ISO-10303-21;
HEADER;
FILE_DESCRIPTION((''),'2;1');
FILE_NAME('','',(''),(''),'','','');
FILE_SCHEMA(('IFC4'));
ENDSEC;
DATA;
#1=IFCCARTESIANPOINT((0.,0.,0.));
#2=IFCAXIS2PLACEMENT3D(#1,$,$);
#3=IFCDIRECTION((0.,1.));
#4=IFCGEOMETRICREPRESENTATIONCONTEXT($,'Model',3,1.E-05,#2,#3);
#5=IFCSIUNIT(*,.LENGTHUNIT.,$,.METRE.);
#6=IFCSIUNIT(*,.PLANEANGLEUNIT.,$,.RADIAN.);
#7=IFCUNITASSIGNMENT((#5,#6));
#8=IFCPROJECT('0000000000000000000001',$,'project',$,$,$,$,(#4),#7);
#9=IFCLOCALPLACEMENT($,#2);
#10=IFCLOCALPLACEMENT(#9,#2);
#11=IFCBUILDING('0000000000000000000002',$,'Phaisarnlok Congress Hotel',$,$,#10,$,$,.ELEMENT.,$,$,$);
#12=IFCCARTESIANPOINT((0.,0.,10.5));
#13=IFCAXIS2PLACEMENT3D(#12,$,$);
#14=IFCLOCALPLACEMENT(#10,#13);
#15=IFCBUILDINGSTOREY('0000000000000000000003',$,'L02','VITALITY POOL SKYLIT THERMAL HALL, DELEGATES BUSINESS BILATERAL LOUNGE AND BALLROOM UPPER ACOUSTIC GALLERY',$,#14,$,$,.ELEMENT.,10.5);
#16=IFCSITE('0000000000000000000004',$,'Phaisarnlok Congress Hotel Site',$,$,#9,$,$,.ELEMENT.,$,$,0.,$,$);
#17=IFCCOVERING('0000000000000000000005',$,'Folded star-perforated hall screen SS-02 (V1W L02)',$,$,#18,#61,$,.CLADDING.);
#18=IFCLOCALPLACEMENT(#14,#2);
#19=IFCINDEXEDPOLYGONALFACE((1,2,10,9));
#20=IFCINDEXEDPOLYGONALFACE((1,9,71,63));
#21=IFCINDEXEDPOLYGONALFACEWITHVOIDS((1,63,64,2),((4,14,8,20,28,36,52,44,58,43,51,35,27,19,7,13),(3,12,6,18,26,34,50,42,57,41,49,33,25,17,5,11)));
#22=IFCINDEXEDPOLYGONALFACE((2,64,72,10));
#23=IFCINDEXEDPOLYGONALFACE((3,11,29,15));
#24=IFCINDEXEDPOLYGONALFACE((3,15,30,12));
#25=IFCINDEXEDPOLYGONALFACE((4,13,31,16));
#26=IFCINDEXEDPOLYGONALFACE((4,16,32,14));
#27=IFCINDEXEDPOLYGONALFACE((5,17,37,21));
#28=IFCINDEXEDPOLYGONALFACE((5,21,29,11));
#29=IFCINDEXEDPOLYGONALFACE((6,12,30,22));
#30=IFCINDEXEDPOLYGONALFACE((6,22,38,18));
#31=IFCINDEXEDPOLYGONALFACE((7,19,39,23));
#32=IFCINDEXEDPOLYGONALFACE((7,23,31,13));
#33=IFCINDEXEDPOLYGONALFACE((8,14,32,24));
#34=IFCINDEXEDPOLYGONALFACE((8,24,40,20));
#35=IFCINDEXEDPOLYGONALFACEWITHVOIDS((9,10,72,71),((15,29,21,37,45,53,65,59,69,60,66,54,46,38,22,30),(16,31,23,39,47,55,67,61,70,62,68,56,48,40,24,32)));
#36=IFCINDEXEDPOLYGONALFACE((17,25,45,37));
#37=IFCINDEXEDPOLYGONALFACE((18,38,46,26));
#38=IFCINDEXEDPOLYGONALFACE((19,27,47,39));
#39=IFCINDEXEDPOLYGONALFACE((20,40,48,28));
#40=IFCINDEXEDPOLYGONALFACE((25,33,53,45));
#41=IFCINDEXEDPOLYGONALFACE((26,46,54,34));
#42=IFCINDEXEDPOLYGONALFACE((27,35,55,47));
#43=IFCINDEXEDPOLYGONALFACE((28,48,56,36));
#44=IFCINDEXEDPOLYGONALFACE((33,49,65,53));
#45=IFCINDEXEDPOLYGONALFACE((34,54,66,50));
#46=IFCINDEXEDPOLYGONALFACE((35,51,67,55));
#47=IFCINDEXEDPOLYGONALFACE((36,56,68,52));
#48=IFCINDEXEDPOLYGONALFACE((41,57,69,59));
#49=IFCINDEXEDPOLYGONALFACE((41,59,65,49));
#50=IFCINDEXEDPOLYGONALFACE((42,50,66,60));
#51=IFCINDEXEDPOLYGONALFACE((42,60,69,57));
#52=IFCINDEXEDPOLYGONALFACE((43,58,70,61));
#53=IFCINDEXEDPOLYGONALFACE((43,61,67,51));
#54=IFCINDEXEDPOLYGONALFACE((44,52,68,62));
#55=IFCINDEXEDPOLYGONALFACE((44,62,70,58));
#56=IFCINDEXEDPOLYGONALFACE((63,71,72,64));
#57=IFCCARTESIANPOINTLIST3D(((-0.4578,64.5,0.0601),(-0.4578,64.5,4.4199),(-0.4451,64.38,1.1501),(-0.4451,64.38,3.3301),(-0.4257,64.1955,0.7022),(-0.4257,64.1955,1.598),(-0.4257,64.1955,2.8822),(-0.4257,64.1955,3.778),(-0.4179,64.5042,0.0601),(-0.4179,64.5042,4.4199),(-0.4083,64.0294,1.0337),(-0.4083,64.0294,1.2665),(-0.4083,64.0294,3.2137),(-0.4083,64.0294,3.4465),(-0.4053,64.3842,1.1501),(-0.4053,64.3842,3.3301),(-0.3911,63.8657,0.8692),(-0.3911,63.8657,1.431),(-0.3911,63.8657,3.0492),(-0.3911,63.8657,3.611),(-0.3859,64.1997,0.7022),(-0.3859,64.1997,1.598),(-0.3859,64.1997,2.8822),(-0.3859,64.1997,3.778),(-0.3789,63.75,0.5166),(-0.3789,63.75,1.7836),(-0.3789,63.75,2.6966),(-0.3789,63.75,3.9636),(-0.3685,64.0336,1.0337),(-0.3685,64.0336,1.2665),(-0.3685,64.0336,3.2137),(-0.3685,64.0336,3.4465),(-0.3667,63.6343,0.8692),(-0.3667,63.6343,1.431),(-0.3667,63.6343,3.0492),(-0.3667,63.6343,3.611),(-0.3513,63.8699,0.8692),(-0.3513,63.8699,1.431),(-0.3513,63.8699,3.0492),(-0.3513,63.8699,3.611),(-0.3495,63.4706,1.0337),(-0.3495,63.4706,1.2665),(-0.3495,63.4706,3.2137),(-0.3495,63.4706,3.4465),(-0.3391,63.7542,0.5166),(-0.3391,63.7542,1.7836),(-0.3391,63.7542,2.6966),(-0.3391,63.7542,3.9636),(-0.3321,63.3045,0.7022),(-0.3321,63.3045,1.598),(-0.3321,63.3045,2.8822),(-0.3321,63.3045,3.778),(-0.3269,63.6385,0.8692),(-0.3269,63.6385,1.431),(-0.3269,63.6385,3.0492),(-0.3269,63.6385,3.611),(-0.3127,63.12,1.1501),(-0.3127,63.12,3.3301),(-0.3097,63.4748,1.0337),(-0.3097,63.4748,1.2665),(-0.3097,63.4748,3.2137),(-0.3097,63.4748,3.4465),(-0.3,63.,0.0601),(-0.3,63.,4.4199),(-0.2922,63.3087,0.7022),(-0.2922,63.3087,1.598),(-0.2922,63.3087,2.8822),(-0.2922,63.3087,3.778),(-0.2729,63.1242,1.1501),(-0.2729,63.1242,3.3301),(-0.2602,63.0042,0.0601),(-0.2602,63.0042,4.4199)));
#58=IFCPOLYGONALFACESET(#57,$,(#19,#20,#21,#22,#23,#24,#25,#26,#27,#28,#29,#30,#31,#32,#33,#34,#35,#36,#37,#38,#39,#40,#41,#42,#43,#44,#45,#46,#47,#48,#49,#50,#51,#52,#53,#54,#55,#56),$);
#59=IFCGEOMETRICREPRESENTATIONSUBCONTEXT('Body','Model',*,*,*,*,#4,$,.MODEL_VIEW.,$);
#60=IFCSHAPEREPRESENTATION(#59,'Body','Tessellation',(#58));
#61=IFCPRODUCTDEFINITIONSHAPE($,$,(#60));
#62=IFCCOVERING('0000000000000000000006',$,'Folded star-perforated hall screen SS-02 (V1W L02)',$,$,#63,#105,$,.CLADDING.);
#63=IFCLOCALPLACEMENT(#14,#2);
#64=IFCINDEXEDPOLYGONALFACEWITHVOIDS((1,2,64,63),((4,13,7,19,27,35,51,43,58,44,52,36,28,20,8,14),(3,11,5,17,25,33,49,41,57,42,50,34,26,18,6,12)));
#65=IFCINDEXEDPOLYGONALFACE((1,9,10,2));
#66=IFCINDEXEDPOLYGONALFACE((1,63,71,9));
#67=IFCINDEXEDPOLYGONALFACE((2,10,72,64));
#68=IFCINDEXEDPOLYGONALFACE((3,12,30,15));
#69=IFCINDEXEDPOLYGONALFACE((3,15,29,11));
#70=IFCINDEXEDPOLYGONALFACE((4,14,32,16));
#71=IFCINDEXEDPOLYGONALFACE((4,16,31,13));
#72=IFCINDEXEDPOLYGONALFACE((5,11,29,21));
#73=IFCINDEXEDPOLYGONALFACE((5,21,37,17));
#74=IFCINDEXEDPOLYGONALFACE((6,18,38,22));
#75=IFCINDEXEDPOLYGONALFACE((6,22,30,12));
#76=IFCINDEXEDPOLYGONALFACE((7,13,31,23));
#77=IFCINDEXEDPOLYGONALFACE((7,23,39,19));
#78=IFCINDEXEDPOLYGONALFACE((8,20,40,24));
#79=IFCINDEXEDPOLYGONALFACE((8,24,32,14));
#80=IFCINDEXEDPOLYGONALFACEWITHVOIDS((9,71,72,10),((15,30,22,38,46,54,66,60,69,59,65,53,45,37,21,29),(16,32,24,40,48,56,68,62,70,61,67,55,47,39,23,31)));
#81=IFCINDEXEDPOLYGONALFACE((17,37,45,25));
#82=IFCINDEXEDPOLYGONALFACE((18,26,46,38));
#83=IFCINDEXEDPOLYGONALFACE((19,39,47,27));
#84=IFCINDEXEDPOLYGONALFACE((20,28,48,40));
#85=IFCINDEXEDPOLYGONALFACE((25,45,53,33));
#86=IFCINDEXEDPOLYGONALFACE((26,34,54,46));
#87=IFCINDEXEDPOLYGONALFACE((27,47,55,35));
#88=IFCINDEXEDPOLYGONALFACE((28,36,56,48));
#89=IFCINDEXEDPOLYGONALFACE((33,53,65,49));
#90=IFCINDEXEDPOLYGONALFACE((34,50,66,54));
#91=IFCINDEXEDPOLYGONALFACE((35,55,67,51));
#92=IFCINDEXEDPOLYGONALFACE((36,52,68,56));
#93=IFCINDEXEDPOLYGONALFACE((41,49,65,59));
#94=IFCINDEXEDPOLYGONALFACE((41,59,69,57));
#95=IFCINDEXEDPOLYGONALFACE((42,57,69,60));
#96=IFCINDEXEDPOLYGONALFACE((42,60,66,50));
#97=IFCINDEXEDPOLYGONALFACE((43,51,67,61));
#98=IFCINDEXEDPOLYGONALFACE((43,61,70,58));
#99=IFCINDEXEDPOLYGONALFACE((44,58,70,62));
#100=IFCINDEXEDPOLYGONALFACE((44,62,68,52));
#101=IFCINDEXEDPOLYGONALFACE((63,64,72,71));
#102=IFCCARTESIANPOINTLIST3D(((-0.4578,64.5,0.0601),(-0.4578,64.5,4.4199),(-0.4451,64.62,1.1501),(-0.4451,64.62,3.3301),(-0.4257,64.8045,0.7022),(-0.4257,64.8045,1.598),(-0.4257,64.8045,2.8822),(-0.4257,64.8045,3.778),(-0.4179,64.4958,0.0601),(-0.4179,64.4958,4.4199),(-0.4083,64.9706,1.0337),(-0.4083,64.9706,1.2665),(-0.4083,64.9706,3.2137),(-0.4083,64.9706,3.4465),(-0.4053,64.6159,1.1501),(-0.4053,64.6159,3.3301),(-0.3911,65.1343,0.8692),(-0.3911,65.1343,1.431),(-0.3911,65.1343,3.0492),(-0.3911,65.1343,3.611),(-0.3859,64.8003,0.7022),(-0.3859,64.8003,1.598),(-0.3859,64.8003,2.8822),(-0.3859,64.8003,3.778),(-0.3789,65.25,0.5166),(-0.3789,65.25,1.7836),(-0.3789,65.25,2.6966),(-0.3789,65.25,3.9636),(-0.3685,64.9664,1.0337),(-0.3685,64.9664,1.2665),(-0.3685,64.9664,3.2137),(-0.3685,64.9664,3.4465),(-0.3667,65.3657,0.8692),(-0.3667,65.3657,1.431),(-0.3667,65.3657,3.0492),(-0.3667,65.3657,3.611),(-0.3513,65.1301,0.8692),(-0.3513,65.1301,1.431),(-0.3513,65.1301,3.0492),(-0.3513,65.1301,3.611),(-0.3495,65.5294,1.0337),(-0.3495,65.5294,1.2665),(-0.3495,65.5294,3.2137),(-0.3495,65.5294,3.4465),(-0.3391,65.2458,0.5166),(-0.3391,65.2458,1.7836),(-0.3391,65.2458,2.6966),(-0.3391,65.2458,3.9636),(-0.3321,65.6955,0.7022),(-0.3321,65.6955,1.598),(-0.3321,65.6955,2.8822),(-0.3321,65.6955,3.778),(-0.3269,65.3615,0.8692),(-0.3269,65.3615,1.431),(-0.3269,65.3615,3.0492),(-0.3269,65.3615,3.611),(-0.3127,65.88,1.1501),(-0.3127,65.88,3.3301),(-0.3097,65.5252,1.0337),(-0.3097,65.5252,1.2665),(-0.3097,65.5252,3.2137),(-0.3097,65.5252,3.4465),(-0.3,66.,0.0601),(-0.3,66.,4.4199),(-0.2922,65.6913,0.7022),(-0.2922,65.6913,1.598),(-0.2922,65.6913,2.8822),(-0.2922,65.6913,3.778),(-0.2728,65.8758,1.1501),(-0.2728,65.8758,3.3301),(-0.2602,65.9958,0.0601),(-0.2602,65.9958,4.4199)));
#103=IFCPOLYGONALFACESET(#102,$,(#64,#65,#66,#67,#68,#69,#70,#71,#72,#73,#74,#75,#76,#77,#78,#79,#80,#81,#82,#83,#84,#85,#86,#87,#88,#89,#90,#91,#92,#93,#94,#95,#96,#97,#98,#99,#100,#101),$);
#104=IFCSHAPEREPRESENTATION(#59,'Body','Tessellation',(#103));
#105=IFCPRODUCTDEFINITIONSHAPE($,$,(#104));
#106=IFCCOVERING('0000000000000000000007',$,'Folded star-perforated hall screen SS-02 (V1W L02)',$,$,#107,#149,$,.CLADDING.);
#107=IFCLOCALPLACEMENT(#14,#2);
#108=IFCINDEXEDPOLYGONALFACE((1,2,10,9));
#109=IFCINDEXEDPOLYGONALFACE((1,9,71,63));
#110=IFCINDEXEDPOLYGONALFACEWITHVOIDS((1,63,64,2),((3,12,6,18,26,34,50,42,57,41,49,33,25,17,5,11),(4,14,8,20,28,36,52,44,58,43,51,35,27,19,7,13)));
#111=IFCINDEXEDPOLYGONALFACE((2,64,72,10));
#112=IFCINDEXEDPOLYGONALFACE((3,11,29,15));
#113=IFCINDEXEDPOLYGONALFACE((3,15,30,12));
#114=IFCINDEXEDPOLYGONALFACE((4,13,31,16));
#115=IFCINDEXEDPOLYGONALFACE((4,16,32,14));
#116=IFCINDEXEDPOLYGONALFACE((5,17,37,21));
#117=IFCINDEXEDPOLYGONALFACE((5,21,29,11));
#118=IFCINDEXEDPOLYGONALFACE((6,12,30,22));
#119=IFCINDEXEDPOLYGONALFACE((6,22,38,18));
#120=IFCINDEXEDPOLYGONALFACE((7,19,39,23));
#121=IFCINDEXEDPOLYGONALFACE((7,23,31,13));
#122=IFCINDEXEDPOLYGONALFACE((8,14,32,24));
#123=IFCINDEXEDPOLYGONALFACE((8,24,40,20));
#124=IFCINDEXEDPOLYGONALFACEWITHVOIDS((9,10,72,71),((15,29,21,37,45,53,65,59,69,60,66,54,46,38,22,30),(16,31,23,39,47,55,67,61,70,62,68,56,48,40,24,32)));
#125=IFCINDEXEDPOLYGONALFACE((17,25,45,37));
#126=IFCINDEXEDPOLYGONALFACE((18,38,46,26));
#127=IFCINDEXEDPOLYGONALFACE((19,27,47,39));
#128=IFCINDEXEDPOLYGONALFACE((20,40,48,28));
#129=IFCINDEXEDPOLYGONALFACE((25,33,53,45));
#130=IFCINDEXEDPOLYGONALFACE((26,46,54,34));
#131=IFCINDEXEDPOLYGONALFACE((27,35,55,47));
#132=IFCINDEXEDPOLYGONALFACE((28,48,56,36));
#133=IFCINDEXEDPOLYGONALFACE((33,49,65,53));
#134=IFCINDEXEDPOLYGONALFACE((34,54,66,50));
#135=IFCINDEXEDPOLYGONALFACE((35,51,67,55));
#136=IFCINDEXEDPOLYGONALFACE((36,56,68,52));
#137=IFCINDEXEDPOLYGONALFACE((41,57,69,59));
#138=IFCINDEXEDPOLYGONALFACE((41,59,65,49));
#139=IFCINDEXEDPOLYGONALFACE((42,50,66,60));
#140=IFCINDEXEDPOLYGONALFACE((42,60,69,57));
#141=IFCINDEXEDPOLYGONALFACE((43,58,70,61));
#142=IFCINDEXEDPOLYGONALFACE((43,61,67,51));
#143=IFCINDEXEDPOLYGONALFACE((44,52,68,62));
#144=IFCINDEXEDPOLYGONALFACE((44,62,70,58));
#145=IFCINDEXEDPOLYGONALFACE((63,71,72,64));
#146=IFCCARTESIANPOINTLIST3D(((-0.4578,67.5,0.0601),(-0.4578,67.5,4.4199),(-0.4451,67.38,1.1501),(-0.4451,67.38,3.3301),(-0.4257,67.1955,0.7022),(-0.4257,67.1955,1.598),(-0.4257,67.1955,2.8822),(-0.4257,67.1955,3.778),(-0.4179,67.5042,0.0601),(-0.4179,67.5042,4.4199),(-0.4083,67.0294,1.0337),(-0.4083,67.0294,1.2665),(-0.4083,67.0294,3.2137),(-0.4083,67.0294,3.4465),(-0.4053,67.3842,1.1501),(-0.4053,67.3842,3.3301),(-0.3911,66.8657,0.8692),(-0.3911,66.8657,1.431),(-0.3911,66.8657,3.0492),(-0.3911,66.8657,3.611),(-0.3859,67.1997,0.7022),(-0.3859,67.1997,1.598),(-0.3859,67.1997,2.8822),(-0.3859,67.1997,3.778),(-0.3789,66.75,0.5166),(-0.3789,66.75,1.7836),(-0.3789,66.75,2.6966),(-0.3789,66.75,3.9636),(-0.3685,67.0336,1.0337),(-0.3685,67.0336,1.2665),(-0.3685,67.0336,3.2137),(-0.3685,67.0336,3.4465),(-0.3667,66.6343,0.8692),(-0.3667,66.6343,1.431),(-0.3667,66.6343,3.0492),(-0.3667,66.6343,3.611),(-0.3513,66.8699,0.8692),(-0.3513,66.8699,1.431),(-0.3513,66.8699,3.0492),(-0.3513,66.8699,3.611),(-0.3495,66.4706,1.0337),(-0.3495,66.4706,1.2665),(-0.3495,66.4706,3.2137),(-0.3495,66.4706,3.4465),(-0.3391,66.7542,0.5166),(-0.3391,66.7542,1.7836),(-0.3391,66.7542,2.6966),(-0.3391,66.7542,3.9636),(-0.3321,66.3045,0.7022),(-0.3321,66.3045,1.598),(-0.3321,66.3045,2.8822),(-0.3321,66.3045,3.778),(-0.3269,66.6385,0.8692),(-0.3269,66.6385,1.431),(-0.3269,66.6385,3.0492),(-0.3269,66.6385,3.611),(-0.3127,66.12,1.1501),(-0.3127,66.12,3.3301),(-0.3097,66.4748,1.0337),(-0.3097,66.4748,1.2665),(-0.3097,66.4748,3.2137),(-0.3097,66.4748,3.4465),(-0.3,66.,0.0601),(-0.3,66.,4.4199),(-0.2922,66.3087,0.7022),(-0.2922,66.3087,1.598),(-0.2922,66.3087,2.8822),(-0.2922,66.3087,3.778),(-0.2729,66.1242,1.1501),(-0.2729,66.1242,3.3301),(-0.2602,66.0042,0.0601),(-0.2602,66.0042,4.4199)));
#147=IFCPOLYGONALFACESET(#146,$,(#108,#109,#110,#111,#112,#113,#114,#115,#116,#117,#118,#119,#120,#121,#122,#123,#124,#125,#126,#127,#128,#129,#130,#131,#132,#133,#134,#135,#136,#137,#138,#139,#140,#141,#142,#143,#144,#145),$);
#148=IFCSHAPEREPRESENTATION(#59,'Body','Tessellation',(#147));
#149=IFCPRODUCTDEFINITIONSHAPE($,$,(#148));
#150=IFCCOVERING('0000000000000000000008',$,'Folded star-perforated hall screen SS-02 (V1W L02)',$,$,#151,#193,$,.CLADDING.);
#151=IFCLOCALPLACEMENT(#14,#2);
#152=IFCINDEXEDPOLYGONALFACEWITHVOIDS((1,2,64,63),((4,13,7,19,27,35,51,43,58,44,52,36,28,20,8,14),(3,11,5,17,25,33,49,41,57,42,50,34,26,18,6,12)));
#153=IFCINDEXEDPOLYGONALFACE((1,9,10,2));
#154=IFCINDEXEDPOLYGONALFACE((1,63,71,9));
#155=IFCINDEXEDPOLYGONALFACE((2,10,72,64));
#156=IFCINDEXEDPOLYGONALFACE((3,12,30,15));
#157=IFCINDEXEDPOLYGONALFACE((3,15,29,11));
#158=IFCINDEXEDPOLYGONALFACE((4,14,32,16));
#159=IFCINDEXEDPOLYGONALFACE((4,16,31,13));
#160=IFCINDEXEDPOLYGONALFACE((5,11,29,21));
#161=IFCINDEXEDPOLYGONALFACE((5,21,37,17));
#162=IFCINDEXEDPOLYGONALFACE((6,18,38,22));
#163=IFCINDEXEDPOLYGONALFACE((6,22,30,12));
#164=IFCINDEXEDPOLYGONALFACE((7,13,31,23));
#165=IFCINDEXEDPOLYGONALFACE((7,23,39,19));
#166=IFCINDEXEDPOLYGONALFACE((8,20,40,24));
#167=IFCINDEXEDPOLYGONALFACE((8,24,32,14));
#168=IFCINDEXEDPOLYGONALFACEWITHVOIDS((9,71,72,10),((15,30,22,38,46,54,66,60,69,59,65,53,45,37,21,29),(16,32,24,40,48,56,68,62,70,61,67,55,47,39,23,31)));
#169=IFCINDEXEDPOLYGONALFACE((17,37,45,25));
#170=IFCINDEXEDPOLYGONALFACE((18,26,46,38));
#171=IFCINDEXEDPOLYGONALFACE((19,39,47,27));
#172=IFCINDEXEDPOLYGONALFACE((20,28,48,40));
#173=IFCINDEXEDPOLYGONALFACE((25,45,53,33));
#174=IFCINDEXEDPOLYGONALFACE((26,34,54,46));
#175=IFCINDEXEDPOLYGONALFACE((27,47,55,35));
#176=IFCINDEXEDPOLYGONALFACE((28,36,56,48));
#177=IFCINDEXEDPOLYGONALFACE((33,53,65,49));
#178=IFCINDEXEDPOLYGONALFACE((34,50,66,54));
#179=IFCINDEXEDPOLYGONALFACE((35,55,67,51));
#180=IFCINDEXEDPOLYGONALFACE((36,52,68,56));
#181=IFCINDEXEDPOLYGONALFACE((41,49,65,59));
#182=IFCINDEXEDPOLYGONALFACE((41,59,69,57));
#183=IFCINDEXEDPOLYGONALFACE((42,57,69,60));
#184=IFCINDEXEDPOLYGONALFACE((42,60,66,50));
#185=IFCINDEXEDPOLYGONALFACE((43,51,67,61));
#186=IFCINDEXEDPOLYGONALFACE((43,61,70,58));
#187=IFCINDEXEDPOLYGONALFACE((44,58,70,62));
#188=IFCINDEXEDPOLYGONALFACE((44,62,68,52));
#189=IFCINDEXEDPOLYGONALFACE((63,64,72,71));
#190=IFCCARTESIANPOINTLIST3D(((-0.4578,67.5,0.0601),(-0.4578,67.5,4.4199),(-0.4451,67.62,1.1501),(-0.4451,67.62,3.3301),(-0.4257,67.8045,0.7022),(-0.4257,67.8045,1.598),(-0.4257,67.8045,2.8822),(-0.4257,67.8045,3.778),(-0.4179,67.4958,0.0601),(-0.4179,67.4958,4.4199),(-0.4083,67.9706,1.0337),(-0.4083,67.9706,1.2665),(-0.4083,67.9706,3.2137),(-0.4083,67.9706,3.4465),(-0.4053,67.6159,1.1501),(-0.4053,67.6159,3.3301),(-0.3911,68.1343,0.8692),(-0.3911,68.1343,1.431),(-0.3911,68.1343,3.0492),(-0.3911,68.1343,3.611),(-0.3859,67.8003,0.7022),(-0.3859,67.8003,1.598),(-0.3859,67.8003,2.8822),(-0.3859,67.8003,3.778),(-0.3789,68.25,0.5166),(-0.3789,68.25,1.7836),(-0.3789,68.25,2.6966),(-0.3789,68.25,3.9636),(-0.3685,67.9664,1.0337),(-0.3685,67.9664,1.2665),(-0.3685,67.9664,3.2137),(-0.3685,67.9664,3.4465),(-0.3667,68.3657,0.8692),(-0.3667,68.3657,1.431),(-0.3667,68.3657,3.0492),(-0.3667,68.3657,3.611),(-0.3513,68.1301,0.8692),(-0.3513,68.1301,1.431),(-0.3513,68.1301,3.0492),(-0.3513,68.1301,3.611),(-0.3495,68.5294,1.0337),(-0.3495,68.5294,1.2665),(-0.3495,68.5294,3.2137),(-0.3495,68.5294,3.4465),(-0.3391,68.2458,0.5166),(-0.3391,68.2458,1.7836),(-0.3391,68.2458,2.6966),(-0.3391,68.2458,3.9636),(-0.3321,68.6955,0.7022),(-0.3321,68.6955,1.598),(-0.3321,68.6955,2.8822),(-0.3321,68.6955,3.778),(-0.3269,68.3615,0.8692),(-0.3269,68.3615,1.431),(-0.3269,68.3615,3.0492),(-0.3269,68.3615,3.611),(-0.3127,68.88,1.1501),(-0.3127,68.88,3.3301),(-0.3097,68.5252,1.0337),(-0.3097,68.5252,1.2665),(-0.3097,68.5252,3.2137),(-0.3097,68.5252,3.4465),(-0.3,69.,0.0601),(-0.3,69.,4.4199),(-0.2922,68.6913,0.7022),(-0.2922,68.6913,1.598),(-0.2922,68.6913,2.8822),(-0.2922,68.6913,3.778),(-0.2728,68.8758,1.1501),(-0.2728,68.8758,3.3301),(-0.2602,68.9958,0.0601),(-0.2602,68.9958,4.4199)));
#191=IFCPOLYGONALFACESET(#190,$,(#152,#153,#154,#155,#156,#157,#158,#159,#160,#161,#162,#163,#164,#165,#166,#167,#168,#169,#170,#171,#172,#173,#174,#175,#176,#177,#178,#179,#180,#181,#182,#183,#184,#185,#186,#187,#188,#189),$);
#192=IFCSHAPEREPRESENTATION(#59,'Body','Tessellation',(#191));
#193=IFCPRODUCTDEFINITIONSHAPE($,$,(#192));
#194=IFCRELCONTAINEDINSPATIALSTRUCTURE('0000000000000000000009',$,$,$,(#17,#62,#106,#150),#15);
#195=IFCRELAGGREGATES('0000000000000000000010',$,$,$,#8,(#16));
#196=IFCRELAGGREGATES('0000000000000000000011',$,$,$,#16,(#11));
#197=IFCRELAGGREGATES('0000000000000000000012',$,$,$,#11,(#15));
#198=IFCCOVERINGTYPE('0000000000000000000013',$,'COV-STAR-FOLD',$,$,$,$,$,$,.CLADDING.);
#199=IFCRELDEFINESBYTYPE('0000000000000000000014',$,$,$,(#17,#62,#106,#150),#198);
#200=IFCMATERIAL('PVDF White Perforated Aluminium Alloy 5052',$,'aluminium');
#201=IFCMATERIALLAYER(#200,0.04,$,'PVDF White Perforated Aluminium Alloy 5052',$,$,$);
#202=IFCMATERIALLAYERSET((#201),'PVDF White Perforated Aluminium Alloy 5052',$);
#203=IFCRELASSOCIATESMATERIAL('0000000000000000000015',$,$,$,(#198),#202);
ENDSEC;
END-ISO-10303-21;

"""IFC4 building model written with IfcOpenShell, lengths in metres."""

from ifc_helpers import new_model, si_unit, direction, frame, origin, place, context, subcontext, project, spatial, polyline, outline, extrude, material, layer, layer_set, type_object, element, save


model = new_model("IFC4")

# Units and contexts
model_context = context("Model", 3, precision=1e-05, world=origin(), true_north=direction((0.0, 1.0)))
body_context = subcontext(model_context, "Body", "Model", "MODEL_VIEW")
ifc_project = project(units=[si_unit("LENGTHUNIT", "METRE"), si_unit("PLANEANGLEUNIT", "RADIAN")], contexts=[model_context])

# Site, building, storey
site_placement = place(None, origin())
site = spatial("IfcSite", under=ifc_project, at=site_placement, Name="Phaisarnlok Congress Hotel Site", CompositionType="ELEMENT", RefElevation=0.0)
building_placement = place(site_placement, origin())
building = spatial("IfcBuilding", under=site, at=building_placement, Name="Phaisarnlok Congress Hotel", CompositionType="ELEMENT")
storey_placement = place(building_placement, frame((0.0, 0.0, 10.5)))
storey = spatial("IfcBuildingStorey", under=building, at=storey_placement, Name="L02", Description="VITALITY POOL SKYLIT THERMAL HALL, DELEGATES BUSINESS BILATERAL LOUNGE AND BALLROOM UPPER ACOUSTIC GALLERY", CompositionType="ELEMENT", Elevation=10.5)

# Coverings
ifc_material_1 = material(Name="PVDF White Perforated Aluminium Alloy 5052", Category="aluminium")
ifc_layer = layer(ifc_material_1, 0.04, Name="PVDF White Perforated Aluminium Alloy 5052")
ifc_layer_set = layer_set([ifc_layer], Name="PVDF White Perforated Aluminium Alloy 5052")
covering_type = type_object("IfcCoveringType", Name="COV-STAR-FOLD", PredefinedType="CLADDING", material=ifc_layer_set)
for number, where, z_axis, x_axis, name in (
    (1, (-0.3, 63.0, 0.0601), (0.994518, 0.104567, 0.0), (-0.104567, 0.994518, 0.0), "Folded star-perforated hall screen SS-02 (V1W L02)"),
    (2, (-0.4578, 64.5, 0.0601), (0.994518, -0.104567, 0.0), (0.104567, 0.994518, 0.0), "Folded star-perforated hall screen SS-02 (V1W L02)"),
    (3, (-0.3, 66.0, 0.0601), (0.994518, 0.104567, 0.0), (-0.104567, 0.994518, 0.0), "Folded star-perforated hall screen SS-02 (V1W L02)"),
    (4, (-0.4578, 67.5, 0.0601), (0.994518, -0.104567, 0.0), (0.104567, 0.994518, 0.0), "Folded star-perforated hall screen SS-02 (V1W L02)"),
):
    element("IfcCovering", number, at=place(storey_placement, frame(where, z_axis=z_axis, x_axis=x_axis)), inside=storey, type_object=covering_type, Name=name, PredefinedType="CLADDING", context=body_context, shape_type="SweptSolid", body=[
        extrude(outline(polyline([(0.0, 0.0), (1.5083, 0.0), (1.5083, 4.3599), (0.0, 4.3599), (0.0, 0.0)]), holes=[polyline([(1.0351, 0.9736), (1.2021, 0.6421), (0.8705, 0.8091), (0.7541, 0.4565), (0.6378, 0.8091), (0.3062, 0.6421), (0.4732, 0.9736), (0.1207, 1.09), (0.4732, 1.2064), (0.3062, 1.5379), (0.6378, 1.3709), (0.7541, 1.7235), (0.8705, 1.3709), (1.2021, 1.5379), (1.0351, 1.2064), (1.3876, 1.09), (1.0351, 0.9736)]), polyline([(1.0351, 3.1536), (1.2021, 2.8221), (0.8705, 2.9891), (0.7541, 2.6365), (0.6378, 2.9891), (0.3062, 2.8221), (0.4732, 3.1536), (0.1207, 3.27), (0.4732, 3.3864), (0.3062, 3.7179), (0.6378, 3.5509), (0.7541, 3.9035), (0.8705, 3.5509), (1.2021, 3.7179), (1.0351, 3.3864), (1.3876, 3.27), (1.0351, 3.1536)])]), origin(), (0.0, 0.0, 1.0), 0.04),
    ])

save(model, "model.ifc")
